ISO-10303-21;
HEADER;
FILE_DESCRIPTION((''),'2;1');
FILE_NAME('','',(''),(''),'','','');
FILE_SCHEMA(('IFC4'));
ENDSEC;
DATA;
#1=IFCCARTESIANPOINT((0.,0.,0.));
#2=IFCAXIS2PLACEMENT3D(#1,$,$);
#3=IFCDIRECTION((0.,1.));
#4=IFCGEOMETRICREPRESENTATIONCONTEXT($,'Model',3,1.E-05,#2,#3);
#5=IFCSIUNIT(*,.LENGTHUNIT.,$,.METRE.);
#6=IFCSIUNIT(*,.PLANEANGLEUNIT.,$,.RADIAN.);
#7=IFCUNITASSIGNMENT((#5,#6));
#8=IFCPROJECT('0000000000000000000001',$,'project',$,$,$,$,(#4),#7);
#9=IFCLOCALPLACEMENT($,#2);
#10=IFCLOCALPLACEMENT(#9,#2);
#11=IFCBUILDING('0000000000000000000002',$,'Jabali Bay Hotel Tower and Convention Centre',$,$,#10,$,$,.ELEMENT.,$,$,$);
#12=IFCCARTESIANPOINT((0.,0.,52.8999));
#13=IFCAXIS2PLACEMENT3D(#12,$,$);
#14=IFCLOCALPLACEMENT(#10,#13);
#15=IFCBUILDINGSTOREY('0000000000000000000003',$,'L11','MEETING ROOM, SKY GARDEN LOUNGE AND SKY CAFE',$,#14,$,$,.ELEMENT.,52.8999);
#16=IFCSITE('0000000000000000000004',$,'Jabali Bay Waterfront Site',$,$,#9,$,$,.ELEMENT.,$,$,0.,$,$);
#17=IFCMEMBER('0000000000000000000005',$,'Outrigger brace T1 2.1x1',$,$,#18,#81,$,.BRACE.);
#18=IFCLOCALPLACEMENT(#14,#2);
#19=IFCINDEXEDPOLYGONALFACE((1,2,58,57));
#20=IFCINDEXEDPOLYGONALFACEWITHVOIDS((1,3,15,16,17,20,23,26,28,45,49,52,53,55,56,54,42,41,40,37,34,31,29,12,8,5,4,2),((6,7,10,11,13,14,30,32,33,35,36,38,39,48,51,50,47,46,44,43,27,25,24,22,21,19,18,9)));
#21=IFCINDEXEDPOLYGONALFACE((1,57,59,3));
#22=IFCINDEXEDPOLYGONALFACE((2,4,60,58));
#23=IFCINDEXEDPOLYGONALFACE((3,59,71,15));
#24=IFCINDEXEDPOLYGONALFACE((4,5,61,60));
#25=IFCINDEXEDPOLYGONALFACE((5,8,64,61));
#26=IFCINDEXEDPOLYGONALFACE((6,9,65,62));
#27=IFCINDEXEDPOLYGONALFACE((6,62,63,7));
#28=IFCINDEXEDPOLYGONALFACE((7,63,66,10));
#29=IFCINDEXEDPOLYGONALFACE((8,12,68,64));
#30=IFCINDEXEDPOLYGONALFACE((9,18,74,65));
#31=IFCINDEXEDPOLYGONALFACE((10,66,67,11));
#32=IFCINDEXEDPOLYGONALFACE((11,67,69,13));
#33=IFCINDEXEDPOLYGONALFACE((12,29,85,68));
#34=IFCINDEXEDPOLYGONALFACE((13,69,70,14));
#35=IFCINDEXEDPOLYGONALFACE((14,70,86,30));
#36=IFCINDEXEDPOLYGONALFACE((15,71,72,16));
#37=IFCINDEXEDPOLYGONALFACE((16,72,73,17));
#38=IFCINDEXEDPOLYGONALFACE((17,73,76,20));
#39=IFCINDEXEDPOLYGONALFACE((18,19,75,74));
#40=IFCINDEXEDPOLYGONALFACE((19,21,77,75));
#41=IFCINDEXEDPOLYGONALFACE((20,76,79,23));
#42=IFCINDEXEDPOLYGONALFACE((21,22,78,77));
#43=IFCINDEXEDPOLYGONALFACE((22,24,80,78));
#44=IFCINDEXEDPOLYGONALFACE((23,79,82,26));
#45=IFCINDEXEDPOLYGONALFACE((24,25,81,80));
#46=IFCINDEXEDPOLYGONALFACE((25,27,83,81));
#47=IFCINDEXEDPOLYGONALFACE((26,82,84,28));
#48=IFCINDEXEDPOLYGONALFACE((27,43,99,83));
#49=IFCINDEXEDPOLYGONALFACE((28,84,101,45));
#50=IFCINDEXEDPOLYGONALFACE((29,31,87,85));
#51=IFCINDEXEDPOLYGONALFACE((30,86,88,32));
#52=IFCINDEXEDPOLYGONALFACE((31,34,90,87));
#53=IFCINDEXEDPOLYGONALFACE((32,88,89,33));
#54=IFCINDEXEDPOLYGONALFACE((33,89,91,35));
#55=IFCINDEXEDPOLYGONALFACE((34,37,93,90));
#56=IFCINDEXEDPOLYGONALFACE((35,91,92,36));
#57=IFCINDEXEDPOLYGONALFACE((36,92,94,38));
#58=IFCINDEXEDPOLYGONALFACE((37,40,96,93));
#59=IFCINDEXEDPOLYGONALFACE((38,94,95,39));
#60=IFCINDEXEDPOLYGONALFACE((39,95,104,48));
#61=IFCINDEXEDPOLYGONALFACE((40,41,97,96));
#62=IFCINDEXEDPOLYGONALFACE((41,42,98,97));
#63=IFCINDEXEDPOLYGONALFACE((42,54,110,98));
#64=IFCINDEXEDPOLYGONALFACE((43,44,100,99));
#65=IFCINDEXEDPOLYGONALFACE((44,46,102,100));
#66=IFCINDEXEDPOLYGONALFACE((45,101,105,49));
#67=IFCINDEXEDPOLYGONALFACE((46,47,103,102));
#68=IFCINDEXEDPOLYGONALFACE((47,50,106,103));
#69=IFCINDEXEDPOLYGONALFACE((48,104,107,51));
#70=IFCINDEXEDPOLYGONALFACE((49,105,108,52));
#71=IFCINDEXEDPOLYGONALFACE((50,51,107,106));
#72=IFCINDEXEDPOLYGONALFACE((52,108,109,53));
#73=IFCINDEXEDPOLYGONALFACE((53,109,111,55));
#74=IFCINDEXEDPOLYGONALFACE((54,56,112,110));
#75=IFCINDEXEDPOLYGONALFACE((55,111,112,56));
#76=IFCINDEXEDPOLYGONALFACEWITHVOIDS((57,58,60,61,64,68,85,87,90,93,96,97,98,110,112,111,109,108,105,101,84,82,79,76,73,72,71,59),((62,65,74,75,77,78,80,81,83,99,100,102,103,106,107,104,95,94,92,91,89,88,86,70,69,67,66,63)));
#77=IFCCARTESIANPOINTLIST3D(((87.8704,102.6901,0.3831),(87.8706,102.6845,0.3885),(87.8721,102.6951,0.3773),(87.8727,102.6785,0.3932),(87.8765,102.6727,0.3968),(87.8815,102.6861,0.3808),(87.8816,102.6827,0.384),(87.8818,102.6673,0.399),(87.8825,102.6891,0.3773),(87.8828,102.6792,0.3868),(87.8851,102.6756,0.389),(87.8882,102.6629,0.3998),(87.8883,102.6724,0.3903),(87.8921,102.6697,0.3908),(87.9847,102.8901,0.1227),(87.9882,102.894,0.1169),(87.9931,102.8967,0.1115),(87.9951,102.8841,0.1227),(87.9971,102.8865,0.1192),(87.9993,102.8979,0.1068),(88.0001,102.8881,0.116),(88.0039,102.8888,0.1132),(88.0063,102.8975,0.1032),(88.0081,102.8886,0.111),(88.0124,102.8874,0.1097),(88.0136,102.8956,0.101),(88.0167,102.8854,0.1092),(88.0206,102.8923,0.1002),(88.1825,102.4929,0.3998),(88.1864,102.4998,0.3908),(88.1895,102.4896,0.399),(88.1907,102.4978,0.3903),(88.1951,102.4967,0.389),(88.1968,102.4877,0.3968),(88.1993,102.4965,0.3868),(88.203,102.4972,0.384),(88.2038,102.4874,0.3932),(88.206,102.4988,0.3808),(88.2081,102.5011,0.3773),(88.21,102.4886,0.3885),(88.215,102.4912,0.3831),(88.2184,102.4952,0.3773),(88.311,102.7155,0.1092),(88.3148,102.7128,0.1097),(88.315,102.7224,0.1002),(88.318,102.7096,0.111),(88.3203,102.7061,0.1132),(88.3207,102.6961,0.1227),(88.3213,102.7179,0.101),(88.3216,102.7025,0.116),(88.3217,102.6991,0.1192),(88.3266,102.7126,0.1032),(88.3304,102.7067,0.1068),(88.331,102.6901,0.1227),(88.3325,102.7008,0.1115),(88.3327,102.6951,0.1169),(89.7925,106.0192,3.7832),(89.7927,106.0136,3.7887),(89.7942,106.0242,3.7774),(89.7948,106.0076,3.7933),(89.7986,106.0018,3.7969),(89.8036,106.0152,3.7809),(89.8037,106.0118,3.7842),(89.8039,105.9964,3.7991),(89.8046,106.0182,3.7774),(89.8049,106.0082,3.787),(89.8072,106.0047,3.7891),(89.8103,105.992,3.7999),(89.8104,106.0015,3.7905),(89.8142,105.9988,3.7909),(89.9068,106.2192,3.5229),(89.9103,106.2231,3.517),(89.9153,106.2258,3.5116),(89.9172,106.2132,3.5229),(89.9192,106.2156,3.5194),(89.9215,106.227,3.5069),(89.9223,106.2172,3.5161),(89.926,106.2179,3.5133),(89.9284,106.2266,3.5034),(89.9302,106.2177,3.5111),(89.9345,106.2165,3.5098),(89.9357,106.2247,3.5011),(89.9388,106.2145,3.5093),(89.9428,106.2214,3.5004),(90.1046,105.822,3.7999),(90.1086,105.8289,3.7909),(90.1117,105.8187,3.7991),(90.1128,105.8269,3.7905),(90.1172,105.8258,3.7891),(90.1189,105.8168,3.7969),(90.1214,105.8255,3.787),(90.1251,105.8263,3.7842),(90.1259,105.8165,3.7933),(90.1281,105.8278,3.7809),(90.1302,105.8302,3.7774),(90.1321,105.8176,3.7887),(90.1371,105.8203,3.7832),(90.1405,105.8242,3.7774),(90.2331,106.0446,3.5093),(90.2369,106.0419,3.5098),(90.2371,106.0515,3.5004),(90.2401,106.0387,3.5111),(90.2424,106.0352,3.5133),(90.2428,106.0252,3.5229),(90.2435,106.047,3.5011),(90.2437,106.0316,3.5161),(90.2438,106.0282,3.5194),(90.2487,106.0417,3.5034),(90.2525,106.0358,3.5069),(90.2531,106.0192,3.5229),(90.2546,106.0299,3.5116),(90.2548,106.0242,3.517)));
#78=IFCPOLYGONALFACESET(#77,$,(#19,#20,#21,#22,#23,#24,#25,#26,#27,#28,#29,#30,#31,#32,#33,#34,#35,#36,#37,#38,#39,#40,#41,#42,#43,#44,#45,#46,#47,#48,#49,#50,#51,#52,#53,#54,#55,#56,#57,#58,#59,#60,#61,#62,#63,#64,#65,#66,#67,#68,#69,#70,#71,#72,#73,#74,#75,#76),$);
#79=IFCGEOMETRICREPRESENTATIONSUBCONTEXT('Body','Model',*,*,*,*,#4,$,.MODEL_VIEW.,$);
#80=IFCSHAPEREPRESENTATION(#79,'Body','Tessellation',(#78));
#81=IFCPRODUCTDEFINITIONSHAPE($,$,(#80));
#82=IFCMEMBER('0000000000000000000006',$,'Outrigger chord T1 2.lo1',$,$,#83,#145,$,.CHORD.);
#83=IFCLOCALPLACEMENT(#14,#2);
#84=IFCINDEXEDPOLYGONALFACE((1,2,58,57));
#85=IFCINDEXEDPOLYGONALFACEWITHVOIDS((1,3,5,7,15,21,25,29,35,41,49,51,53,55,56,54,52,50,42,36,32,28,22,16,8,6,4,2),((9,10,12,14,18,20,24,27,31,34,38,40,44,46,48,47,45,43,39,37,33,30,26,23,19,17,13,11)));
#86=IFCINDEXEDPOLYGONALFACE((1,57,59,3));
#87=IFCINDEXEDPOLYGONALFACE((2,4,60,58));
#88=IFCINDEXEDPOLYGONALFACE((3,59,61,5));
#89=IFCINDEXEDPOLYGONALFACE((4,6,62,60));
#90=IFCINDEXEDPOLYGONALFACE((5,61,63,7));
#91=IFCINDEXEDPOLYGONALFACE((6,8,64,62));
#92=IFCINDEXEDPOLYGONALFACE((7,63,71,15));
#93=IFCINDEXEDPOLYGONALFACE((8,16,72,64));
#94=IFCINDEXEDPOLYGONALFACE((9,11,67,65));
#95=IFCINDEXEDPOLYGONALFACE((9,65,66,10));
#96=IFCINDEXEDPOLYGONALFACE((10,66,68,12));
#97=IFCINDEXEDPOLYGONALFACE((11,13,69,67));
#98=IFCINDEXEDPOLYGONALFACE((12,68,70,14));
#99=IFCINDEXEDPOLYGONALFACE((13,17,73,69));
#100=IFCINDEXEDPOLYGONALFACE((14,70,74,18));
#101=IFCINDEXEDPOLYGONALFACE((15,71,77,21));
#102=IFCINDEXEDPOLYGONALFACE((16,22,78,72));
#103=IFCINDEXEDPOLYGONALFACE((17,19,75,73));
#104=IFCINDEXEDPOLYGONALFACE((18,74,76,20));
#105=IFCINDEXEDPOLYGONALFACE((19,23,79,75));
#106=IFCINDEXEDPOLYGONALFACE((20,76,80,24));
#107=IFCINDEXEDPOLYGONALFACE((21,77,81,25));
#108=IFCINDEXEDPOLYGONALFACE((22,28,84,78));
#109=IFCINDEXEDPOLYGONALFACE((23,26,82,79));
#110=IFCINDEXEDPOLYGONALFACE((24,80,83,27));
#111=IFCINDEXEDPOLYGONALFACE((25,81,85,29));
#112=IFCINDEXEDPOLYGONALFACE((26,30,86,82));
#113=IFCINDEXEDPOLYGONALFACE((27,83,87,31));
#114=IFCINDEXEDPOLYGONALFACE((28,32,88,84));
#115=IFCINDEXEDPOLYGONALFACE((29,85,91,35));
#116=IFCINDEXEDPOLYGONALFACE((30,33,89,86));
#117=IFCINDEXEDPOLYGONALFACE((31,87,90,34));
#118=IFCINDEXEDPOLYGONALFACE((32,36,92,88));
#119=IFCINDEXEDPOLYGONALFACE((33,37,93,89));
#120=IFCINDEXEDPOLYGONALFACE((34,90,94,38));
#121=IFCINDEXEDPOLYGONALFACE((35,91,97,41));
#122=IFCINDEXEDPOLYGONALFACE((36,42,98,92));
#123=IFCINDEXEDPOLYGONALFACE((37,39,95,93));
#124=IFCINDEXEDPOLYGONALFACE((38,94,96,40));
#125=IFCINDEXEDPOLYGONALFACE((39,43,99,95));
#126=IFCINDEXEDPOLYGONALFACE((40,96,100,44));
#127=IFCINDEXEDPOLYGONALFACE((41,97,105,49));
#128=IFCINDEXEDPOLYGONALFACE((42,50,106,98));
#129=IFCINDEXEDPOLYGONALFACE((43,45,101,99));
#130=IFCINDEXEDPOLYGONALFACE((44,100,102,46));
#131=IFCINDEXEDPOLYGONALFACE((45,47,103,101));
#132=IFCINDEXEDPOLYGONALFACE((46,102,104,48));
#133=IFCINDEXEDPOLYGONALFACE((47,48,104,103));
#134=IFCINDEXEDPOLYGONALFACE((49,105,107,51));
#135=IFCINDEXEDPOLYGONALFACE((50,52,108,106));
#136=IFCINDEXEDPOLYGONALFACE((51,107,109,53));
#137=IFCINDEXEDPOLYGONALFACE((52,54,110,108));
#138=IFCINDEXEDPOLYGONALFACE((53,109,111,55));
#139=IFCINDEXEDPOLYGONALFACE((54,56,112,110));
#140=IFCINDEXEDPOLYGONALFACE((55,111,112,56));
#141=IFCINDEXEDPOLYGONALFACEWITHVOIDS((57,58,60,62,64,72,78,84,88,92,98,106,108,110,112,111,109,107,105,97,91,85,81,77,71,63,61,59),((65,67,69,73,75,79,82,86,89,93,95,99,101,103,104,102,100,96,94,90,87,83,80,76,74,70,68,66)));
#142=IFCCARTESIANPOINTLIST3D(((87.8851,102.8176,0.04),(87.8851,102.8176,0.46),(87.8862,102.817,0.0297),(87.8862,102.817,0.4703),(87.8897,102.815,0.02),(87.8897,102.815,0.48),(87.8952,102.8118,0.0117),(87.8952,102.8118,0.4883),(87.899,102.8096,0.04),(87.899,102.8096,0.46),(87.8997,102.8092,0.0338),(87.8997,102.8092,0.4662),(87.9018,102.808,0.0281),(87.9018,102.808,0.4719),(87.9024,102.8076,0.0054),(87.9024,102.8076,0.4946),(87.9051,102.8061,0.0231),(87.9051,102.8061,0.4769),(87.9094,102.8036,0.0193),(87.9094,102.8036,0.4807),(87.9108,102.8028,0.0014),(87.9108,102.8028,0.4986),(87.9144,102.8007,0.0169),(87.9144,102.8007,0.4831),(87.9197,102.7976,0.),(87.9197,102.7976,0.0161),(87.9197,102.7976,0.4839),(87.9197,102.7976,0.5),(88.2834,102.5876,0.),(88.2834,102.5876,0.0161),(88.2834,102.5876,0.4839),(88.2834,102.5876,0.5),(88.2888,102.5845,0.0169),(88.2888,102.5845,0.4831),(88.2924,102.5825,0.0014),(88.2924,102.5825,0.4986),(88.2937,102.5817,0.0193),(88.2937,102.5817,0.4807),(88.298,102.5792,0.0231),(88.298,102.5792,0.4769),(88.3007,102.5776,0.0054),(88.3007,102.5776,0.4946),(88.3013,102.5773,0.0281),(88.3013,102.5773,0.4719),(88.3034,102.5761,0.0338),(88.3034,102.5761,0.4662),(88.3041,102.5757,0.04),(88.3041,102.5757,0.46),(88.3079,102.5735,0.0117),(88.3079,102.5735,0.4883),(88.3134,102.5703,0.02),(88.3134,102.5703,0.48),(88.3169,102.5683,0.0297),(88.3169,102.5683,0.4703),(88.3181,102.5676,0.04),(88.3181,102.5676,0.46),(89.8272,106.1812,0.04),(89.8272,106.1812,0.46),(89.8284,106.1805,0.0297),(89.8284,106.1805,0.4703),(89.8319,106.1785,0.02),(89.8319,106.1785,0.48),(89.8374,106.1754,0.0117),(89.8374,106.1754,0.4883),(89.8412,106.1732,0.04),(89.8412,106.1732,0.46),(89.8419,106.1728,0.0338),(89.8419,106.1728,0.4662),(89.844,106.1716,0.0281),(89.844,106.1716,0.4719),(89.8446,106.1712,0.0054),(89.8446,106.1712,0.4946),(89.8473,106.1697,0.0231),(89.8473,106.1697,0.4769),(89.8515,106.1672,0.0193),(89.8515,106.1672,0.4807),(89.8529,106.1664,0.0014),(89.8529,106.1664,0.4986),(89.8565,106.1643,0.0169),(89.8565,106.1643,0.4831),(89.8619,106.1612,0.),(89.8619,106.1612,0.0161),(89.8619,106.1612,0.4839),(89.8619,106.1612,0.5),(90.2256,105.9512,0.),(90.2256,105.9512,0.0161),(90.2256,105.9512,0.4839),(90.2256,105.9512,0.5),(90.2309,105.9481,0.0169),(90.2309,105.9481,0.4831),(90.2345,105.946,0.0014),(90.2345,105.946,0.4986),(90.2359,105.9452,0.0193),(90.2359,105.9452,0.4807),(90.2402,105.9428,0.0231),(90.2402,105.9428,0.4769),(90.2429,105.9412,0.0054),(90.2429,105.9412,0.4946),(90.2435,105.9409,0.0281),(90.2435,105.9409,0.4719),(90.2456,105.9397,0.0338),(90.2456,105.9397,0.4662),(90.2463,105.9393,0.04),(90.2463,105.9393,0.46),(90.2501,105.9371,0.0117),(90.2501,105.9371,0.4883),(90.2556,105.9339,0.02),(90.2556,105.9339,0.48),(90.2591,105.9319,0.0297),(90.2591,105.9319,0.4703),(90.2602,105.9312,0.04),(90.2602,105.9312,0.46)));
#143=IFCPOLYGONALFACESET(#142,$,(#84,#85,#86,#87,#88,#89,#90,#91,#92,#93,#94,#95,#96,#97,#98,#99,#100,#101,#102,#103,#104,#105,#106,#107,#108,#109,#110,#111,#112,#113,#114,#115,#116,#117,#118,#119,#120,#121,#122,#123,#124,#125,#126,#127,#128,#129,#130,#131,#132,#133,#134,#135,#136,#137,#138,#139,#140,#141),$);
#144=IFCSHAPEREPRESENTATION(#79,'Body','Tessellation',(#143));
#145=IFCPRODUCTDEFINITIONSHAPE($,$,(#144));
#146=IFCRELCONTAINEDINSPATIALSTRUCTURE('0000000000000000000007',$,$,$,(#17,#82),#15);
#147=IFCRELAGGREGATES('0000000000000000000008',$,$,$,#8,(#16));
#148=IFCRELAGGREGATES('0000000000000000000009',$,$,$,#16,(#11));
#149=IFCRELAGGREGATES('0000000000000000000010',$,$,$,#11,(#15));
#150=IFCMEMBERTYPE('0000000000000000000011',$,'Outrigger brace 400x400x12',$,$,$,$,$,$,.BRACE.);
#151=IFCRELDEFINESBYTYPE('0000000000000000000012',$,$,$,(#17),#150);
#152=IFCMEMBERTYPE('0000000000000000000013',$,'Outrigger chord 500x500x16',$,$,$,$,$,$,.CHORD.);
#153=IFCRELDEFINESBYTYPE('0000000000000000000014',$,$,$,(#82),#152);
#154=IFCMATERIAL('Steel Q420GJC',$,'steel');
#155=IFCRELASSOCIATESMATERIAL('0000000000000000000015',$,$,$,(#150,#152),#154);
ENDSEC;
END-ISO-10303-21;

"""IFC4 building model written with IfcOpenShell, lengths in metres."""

from ifc_helpers import new_model, si_unit, direction, frame, origin, origin_2d, place, context, subcontext, project, spatial, hollow_rectangle, extrude, material, material_profile, profile_set, type_object, element, save


model = new_model("IFC4")

# Units and contexts
model_context = context("Model", 3, precision=1e-05, world=origin(), true_north=direction((0.0, 1.0)))
body_context = subcontext(model_context, "Body", "Model", "MODEL_VIEW")
ifc_project = project(units=[si_unit("LENGTHUNIT", "METRE"), si_unit("PLANEANGLEUNIT", "RADIAN")], contexts=[model_context])

# Site, building, storey
site_placement = place(None, origin())
site = spatial("IfcSite", under=ifc_project, at=site_placement, Name="Jabali Bay Waterfront Site", CompositionType="ELEMENT", RefElevation=0.0)
building_placement = place(site_placement, origin())
building = spatial("IfcBuilding", under=site, at=building_placement, Name="Jabali Bay Hotel Tower and Convention Centre", CompositionType="ELEMENT")
storey_placement = place(building_placement, frame((0.0, 0.0, 52.8999)))
storey = spatial("IfcBuildingStorey", under=building, at=storey_placement, Name="L11", Description="MEETING ROOM, SKY GARDEN LOUNGE AND SKY CAFE", CompositionType="ELEMENT", Elevation=52.8999)

# Shared definitions
ifc_material_1 = material(Name="Steel Q420GJC", Category="steel")

# Members
ifc_material_profile_1 = material_profile(ifc_material_1, hollow_rectangle(XDim=0.3999, YDim=0.3999, WallThickness=0.012, InnerFilletRadius=0.0181, OuterFilletRadius=0.03, at=origin_2d()), Name="Outrigger brace 400x400x12")
ifc_profile_set_1 = profile_set([ifc_material_profile_1], Name="Steel Q420GJC")
member_type_1 = type_object("IfcMemberType", Name="Outrigger brace 400x400x12", PredefinedType="BRACE", material=ifc_profile_set_1)
member_1_placement = place(storey_placement, frame((88.1016, 102.6926, 0.25), z_axis=(0.374529, 0.648682, 0.662525), x_axis=(-0.866018, 0.500012, 0.0)))
element("IfcMember", 1, at=member_1_placement, inside=storey, type_object=member_type_1, Name="Outrigger brace T1 2.1x1", PredefinedType="BRACE", context=body_context, shape_type="SweptSolid", body=[
    extrude(hollow_rectangle(XDim=0.3999, YDim=0.3999, WallThickness=0.012, InnerFilletRadius=0.0181, OuterFilletRadius=0.03, at=origin_2d()), origin(), (0.0, 0.0, 1.0), 5.1321),
])
ifc_material_profile_2 = material_profile(ifc_material_1, hollow_rectangle(XDim=0.5, YDim=0.5, WallThickness=0.0161, InnerFilletRadius=0.0239, OuterFilletRadius=0.04, at=origin_2d()), Name="Outrigger chord 500x500x16")
ifc_profile_set_2 = profile_set([ifc_material_profile_2], Name="Steel Q420GJC")
member_type_2 = type_object("IfcMemberType", Name="Outrigger chord 500x500x16", PredefinedType="CHORD", material=ifc_profile_set_2)
member_2_placement = place(storey_placement, frame((88.1016, 102.6926, 0.25), z_axis=(0.50004, 0.866002, 0.0), x_axis=(-0.866002, 0.50004, 0.0)))
element("IfcMember", 2, at=member_2_placement, inside=storey, type_object=member_type_2, Name="Outrigger chord T1 2.lo1", PredefinedType="CHORD", context=body_context, shape_type="SweptSolid", body=[
    extrude(hollow_rectangle(XDim=0.5, YDim=0.5, WallThickness=0.0161, InnerFilletRadius=0.0239, OuterFilletRadius=0.04, at=origin_2d()), origin(), (0.0, 0.0, 1.0), 3.884),
])

save(model, "model.ifc")
